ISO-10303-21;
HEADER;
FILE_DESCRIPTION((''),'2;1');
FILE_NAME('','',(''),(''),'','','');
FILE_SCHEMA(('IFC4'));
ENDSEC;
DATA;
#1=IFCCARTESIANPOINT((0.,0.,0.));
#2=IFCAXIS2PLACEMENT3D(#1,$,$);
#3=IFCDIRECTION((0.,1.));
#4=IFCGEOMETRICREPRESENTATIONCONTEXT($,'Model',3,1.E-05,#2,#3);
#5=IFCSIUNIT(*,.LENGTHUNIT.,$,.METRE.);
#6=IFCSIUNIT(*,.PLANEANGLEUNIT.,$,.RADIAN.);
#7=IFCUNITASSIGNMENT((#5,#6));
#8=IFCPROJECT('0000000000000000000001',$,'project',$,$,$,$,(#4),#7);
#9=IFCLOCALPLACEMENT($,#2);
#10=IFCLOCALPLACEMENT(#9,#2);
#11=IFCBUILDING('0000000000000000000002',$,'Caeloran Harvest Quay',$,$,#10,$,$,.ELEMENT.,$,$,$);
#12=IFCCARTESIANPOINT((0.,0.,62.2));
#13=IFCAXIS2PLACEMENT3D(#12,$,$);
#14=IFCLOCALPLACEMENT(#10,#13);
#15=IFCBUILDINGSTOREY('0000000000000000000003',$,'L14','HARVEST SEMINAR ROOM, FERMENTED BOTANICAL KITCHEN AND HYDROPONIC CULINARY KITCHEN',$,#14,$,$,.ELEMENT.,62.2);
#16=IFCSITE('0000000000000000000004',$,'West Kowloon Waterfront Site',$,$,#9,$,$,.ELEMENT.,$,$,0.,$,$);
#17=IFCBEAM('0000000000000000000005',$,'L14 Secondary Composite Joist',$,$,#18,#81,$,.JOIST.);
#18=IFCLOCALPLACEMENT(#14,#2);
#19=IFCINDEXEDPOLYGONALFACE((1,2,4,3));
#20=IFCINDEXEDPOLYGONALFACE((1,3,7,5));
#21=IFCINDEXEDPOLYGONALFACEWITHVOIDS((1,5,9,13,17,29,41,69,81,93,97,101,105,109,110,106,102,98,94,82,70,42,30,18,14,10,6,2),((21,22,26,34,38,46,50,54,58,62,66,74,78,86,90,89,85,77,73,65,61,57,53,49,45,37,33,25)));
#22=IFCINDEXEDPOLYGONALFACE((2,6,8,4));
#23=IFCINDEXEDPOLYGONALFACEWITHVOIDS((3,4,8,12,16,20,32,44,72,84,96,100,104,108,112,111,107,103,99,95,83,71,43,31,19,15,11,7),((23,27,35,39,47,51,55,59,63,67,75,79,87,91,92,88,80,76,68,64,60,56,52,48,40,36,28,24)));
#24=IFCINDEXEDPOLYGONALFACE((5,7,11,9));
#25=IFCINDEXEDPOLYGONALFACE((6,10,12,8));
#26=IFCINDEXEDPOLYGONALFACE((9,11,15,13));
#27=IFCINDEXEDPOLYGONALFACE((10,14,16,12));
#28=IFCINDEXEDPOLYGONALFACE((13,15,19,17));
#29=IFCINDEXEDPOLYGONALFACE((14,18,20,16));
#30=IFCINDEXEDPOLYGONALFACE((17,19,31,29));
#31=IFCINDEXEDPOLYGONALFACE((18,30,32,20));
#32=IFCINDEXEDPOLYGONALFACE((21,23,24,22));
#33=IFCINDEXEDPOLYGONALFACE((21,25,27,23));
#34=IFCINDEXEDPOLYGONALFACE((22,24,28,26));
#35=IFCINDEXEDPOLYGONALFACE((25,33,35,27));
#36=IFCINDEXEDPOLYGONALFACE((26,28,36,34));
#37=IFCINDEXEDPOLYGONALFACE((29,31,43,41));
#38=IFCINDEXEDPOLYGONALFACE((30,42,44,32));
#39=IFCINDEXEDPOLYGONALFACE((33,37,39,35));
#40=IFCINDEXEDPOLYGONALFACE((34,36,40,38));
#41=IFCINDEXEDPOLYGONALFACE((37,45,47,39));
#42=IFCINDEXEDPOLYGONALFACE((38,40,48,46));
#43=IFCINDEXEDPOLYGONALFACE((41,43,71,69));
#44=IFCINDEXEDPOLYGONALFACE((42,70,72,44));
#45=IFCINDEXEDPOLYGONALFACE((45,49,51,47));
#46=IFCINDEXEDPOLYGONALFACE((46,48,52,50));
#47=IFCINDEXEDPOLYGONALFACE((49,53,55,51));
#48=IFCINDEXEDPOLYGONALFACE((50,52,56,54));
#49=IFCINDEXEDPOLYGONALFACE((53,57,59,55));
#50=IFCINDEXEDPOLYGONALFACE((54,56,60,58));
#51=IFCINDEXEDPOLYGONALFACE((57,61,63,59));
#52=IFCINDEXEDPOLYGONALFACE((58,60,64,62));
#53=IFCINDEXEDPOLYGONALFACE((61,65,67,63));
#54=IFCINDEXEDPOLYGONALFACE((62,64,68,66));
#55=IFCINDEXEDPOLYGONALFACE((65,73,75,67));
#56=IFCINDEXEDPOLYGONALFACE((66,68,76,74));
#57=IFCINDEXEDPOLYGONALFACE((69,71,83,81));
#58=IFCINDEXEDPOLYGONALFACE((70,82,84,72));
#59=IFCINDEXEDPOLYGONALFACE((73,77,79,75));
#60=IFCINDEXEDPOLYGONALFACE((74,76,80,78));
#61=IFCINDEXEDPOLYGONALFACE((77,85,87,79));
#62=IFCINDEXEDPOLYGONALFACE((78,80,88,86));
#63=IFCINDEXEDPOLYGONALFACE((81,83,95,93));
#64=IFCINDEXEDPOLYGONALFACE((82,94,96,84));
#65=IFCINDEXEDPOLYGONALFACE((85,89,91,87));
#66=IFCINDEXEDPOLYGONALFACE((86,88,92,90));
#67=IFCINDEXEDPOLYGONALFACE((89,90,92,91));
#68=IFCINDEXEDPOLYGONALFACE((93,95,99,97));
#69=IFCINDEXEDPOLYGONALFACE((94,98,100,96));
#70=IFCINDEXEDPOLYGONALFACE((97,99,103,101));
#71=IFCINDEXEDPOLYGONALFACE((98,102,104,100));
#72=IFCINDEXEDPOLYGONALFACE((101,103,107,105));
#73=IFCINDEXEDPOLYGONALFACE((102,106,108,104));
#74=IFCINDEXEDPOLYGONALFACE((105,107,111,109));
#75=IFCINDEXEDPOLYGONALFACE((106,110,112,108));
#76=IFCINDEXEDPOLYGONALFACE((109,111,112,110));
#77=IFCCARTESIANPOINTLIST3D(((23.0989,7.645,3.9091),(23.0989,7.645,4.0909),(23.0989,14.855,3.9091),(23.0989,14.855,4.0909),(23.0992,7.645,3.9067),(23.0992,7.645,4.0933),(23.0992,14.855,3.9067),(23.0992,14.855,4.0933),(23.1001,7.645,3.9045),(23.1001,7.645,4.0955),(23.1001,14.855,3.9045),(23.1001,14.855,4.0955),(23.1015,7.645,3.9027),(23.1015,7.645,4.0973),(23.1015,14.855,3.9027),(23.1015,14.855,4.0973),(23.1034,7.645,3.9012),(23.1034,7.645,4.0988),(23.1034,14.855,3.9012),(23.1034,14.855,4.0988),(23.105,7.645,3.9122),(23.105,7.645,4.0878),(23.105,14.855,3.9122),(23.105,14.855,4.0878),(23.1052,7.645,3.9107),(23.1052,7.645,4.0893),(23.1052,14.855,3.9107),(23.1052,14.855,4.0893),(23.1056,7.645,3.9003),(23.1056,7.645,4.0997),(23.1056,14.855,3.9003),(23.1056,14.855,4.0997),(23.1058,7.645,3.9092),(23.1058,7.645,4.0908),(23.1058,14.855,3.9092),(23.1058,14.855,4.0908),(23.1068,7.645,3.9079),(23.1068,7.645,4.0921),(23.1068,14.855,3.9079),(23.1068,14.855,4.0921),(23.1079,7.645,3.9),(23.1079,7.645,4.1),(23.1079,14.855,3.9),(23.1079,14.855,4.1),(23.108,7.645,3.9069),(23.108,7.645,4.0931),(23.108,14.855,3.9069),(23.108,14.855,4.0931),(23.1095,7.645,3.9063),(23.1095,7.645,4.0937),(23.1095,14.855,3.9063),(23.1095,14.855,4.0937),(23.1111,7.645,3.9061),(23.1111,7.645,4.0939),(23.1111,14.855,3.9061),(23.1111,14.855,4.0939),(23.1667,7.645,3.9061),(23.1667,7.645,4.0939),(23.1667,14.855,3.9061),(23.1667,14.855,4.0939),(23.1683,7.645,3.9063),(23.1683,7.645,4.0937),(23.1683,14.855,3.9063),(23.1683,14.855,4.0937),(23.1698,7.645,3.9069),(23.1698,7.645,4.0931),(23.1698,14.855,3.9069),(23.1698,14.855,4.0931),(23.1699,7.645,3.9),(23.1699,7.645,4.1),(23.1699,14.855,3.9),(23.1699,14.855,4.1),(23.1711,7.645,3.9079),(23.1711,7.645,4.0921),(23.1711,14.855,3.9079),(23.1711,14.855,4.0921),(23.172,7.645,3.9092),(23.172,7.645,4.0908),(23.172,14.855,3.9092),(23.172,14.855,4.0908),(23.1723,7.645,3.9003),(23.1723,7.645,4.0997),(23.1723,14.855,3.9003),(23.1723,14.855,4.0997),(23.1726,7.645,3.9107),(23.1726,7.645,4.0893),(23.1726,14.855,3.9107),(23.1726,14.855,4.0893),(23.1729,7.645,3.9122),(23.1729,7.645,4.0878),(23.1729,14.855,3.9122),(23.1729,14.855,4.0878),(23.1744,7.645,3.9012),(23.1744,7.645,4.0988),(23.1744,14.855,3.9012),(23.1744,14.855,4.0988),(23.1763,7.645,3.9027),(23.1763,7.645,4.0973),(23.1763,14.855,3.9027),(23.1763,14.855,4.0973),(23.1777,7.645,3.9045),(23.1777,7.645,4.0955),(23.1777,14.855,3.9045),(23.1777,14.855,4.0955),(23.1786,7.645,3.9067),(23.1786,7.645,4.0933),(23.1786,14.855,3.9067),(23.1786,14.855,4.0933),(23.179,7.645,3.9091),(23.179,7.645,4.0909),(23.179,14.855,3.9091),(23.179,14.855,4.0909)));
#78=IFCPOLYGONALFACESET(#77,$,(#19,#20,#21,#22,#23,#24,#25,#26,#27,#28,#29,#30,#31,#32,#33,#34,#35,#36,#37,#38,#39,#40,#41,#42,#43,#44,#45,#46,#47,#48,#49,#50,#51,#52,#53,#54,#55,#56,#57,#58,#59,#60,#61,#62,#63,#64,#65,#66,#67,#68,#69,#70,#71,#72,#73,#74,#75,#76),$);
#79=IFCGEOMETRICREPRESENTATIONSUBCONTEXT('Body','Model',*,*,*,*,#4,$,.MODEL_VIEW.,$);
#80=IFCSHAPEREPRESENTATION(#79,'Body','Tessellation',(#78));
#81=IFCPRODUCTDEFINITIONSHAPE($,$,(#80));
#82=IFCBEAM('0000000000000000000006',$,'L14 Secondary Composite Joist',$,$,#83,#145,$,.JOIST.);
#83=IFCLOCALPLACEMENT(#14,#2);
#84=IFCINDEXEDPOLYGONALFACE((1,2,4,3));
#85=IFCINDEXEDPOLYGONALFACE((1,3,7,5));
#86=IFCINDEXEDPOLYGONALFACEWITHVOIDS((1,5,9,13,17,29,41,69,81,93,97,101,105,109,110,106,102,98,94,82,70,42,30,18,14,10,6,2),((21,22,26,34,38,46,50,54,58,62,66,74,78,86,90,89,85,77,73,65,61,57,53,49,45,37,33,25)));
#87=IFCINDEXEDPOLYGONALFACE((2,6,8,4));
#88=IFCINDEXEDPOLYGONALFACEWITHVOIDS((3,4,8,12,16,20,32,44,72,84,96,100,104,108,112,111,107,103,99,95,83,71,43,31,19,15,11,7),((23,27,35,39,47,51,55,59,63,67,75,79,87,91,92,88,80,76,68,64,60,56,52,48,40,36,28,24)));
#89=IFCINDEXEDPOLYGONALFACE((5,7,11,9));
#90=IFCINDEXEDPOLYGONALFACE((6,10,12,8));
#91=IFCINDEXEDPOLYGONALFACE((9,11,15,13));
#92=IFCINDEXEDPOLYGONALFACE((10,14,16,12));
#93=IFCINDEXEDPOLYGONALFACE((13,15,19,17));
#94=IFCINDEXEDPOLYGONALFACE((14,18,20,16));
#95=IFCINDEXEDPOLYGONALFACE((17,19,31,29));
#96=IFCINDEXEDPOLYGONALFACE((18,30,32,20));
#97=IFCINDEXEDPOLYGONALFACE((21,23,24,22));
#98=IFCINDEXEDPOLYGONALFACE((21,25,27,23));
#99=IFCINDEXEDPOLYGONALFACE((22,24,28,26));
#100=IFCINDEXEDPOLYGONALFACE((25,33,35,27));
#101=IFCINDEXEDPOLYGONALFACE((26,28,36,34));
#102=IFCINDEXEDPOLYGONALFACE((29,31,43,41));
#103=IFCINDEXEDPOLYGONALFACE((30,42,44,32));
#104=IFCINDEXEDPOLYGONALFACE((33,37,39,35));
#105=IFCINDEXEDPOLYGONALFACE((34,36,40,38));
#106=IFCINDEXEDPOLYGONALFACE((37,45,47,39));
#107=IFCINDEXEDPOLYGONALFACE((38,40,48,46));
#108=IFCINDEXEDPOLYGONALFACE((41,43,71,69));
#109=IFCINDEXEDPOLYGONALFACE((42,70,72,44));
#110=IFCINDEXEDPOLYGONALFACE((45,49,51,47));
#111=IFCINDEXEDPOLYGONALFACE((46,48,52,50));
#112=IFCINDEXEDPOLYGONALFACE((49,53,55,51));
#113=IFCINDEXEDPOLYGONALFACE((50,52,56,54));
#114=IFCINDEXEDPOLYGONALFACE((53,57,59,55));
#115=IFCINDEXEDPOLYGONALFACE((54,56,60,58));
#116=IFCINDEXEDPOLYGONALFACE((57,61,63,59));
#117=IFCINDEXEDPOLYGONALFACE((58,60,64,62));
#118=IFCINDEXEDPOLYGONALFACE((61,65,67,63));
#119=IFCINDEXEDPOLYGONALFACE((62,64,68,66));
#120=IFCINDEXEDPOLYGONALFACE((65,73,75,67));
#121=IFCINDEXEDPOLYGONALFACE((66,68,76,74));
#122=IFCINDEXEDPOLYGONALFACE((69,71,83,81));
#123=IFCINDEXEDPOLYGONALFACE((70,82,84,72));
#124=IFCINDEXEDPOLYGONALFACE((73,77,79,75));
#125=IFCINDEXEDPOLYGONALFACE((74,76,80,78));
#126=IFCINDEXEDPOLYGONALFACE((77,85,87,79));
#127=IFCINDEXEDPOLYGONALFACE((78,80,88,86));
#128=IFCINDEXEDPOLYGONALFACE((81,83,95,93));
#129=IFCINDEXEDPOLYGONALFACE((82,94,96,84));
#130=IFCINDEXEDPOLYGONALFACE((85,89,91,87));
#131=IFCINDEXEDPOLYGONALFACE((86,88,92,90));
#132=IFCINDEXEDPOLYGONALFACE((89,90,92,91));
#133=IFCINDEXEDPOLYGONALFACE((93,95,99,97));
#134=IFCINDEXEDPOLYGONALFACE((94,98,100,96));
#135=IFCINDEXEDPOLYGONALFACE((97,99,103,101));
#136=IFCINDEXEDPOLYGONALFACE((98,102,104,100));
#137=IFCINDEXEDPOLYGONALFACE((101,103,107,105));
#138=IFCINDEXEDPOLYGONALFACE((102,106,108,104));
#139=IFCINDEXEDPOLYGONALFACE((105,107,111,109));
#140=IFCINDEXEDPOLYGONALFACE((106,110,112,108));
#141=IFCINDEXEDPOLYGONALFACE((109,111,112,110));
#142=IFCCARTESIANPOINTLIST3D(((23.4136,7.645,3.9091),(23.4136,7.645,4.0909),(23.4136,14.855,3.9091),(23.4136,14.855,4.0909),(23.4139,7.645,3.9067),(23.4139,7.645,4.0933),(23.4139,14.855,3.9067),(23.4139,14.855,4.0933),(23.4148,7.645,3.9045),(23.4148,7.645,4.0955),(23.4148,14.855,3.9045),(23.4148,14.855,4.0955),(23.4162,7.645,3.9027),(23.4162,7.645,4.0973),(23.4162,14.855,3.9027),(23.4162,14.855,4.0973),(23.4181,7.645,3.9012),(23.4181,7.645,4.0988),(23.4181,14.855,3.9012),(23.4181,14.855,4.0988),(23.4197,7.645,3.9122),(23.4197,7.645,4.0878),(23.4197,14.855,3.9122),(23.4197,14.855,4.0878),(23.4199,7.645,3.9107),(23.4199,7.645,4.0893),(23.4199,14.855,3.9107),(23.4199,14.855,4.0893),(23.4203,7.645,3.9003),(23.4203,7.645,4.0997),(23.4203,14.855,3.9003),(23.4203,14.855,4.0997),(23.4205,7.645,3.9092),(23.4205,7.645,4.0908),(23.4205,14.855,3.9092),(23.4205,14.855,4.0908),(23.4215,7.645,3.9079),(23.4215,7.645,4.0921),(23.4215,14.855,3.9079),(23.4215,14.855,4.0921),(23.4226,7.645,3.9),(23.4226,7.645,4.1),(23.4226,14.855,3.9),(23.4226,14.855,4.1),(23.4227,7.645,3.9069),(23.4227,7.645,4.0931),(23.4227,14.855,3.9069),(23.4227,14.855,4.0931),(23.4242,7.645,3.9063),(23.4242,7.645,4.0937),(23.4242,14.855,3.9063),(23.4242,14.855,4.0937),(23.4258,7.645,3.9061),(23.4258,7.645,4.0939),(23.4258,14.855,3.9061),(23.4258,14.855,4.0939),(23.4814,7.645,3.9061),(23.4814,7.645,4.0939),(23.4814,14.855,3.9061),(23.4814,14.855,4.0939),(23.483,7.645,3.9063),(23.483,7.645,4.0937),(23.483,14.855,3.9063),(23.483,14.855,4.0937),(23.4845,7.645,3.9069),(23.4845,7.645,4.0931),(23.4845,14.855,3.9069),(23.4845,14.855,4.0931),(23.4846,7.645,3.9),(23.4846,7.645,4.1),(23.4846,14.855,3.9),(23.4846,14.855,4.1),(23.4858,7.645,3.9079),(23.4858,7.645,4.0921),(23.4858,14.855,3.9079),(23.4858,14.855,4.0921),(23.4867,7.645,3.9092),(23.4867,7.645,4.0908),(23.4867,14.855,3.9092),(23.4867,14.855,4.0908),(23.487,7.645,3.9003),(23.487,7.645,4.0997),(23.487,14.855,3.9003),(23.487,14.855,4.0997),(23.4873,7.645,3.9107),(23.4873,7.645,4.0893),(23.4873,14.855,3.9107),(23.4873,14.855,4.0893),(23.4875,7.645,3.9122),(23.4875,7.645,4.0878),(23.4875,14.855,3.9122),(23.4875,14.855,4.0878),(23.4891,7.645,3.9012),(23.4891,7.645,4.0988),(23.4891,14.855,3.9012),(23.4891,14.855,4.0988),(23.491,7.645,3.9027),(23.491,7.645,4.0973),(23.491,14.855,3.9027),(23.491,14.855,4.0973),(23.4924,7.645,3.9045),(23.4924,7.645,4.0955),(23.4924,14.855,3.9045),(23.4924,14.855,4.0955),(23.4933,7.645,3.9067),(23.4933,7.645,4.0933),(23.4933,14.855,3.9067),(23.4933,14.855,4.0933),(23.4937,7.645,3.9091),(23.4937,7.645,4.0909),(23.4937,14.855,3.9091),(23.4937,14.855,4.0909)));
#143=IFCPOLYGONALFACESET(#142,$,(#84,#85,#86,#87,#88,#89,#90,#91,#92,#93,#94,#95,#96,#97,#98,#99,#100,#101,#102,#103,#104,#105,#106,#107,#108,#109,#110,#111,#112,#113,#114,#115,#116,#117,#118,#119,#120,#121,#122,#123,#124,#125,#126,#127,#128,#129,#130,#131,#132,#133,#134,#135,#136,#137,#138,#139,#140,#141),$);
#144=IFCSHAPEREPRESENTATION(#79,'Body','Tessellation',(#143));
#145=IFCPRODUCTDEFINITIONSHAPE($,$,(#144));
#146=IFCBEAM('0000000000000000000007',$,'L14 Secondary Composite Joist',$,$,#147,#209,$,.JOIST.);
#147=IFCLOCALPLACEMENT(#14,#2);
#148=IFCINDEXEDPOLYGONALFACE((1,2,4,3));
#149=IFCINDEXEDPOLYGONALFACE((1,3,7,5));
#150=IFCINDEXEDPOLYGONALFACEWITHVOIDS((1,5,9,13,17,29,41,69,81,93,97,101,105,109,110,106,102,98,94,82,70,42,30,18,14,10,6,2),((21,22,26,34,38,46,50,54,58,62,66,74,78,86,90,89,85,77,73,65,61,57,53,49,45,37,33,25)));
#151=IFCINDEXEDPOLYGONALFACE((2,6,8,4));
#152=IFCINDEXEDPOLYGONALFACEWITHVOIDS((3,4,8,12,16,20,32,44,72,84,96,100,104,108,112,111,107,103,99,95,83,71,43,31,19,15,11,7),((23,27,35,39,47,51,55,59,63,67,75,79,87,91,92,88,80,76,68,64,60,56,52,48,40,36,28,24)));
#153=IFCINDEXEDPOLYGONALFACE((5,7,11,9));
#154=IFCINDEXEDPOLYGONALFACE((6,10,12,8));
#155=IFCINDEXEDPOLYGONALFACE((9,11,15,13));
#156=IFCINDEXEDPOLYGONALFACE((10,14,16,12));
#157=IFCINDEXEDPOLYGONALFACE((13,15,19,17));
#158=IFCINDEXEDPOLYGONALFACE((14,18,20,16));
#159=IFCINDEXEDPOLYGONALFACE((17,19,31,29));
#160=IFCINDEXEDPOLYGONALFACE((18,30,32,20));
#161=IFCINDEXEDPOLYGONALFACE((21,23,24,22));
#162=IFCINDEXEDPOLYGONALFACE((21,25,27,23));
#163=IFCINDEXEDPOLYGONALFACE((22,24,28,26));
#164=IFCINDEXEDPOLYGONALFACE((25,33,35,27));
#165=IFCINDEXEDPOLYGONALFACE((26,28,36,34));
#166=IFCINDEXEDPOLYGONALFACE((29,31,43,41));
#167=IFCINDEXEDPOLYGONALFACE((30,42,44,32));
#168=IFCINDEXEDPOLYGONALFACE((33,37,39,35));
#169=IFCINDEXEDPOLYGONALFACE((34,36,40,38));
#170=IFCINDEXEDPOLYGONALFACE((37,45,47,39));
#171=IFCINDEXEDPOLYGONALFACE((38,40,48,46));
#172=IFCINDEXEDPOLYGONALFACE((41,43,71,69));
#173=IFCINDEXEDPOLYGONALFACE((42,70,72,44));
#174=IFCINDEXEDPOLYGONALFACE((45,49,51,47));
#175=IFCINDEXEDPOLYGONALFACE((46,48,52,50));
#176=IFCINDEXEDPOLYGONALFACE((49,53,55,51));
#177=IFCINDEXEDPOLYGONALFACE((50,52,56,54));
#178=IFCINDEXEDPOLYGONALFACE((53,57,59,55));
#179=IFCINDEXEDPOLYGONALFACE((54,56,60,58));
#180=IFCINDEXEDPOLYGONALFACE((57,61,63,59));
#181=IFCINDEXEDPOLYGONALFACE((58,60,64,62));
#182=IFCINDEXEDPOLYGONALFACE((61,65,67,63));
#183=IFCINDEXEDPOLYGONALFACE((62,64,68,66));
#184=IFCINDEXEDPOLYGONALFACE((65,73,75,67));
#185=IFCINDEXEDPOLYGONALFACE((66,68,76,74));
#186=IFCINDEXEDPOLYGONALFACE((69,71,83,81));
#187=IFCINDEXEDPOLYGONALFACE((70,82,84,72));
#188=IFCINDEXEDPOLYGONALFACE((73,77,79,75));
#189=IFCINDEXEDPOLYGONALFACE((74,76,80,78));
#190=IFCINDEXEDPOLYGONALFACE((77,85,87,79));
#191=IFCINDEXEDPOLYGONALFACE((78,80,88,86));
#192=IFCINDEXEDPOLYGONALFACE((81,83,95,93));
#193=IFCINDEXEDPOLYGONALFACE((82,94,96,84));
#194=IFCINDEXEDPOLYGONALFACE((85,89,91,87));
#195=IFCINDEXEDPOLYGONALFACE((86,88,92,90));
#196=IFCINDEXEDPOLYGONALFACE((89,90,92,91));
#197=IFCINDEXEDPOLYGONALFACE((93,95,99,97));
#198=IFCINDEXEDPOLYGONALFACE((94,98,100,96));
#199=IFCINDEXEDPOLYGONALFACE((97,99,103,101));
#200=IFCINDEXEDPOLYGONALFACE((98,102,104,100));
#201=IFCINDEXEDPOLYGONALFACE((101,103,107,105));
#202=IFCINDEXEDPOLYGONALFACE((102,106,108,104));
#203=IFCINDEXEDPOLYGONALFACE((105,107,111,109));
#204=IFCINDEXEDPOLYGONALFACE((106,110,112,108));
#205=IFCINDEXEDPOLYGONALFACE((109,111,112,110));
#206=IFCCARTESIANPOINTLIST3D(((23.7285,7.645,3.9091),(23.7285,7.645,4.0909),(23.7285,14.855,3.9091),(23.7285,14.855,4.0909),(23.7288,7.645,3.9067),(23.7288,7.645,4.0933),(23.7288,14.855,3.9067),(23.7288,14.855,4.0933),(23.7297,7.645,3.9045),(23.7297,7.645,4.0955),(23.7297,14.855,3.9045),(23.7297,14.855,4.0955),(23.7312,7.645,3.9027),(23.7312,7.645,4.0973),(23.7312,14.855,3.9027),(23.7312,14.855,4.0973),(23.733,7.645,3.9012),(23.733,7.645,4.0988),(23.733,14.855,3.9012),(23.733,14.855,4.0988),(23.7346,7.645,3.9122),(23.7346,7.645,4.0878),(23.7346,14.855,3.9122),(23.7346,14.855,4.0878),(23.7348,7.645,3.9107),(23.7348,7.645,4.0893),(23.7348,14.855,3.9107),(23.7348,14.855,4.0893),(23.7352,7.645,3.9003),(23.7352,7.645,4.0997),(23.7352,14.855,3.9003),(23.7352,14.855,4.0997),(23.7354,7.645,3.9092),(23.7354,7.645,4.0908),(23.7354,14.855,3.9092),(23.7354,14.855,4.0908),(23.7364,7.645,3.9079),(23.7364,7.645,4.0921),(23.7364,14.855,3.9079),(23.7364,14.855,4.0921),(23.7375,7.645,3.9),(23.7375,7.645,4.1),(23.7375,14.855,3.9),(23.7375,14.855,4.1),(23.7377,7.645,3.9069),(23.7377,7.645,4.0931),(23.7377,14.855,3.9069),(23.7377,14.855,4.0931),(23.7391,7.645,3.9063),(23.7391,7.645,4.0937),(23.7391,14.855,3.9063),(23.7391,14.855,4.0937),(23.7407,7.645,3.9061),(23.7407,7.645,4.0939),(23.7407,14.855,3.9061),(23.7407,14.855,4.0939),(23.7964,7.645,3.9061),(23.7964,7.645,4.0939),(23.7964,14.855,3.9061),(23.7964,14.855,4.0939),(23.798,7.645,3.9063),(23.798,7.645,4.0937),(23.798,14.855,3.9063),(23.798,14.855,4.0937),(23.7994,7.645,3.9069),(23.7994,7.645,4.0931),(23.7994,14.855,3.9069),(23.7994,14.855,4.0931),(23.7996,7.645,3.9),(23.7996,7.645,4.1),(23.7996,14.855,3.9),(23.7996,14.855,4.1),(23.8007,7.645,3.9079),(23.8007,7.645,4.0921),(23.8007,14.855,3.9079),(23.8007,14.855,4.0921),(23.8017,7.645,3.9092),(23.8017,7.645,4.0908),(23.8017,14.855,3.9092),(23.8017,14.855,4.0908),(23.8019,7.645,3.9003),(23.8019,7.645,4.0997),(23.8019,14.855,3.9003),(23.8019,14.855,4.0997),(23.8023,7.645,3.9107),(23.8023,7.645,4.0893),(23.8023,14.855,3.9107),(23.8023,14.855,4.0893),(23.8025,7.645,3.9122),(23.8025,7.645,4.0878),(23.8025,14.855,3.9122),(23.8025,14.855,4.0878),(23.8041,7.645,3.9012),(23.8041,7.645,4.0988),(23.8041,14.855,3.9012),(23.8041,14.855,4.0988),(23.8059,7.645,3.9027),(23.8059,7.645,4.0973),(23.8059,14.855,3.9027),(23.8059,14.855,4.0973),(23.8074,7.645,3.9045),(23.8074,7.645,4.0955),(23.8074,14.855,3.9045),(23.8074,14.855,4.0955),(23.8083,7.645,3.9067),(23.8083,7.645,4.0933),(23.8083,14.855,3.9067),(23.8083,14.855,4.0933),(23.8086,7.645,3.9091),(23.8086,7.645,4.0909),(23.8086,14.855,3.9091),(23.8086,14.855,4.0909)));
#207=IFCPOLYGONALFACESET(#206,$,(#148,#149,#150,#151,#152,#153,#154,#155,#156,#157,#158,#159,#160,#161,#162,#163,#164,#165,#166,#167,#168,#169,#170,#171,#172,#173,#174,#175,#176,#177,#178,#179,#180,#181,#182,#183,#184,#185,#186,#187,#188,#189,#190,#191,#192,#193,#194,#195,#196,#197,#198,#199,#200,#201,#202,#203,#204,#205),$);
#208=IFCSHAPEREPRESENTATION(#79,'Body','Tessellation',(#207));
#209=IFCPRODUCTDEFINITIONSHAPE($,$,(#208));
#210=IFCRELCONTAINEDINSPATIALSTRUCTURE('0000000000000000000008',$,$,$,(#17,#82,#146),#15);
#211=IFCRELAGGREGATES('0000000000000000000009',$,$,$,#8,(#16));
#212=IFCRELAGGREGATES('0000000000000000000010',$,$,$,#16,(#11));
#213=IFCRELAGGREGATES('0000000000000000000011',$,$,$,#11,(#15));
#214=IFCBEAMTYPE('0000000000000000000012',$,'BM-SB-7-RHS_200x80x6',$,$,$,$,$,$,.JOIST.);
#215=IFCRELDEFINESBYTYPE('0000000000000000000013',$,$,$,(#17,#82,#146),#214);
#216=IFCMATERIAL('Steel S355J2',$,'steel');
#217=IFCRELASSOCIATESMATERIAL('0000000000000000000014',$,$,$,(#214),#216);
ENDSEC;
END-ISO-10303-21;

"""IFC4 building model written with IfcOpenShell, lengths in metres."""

from ifc_helpers import new_model, si_unit, direction, frame, origin, origin_2d, place, context, subcontext, project, spatial, hollow_rectangle, extrude, material, material_profile, profile_set, type_object, element, save


model = new_model("IFC4")

# Units and contexts
model_context = context("Model", 3, precision=1e-05, world=origin(), true_north=direction((0.0, 1.0)))
body_context = subcontext(model_context, "Body", "Model", "MODEL_VIEW")
ifc_project = project(units=[si_unit("LENGTHUNIT", "METRE"), si_unit("PLANEANGLEUNIT", "RADIAN")], contexts=[model_context])

# Site, building, storey
site_placement = place(None, origin())
site = spatial("IfcSite", under=ifc_project, at=site_placement, Name="West Kowloon Waterfront Site", CompositionType="ELEMENT", RefElevation=0.0)
building_placement = place(site_placement, origin())
building = spatial("IfcBuilding", under=site, at=building_placement, Name="Caeloran Harvest Quay", CompositionType="ELEMENT")
storey_placement = place(building_placement, frame((0.0, 0.0, 62.2)))
storey = spatial("IfcBuildingStorey", under=building, at=storey_placement, Name="L14", Description="HARVEST SEMINAR ROOM, FERMENTED BOTANICAL KITCHEN AND HYDROPONIC CULINARY KITCHEN", CompositionType="ELEMENT", Elevation=62.2)

# Beams
ifc_material_1 = material(Name="Steel S355J2", Category="steel")
ifc_material_profile_1 = material_profile(ifc_material_1, hollow_rectangle(XDim=0.0801, YDim=0.2, WallThickness=0.0061, InnerFilletRadius=0.0061, OuterFilletRadius=0.009, at=origin_2d()), Name="RHS 200x80x6")
ifc_profile_set_1 = profile_set([ifc_material_profile_1], Name="Steel S355J2")
beam_type_1 = type_object("IfcBeamType", Name="BM-SB-7-RHS_200x80x6", PredefinedType="JOIST", material=ifc_profile_set_1)
for number, where, z_axis, x_axis, name in (
    (1, (23.1389, 7.645, 4.0), (0.0, 1.0, 0.0), (-1.0, 0.0, 0.0), "L14 Secondary Composite Joist"),
    (2, (23.4536, 7.645, 4.0), (0.0, 1.0, 0.0), (-1.0, 0.0, 0.0), "L14 Secondary Composite Joist"),
    (3, (23.7686, 7.645, 4.0), (0.0, 1.0, 0.0), (-1.0, 0.0, 0.0), "L14 Secondary Composite Joist"),
):
    element("IfcBeam", number, at=place(storey_placement, frame(where, z_axis=z_axis, x_axis=x_axis)), inside=storey, type_object=beam_type_1, Name=name, PredefinedType="JOIST", context=body_context, shape_type="SweptSolid", body=[
        extrude(hollow_rectangle(XDim=0.0801, YDim=0.2, WallThickness=0.0061, InnerFilletRadius=0.0061, OuterFilletRadius=0.009, at=origin_2d()), origin(), (0.0, 0.0, 1.0), 7.21),
    ])

save(model, "model.ifc")
